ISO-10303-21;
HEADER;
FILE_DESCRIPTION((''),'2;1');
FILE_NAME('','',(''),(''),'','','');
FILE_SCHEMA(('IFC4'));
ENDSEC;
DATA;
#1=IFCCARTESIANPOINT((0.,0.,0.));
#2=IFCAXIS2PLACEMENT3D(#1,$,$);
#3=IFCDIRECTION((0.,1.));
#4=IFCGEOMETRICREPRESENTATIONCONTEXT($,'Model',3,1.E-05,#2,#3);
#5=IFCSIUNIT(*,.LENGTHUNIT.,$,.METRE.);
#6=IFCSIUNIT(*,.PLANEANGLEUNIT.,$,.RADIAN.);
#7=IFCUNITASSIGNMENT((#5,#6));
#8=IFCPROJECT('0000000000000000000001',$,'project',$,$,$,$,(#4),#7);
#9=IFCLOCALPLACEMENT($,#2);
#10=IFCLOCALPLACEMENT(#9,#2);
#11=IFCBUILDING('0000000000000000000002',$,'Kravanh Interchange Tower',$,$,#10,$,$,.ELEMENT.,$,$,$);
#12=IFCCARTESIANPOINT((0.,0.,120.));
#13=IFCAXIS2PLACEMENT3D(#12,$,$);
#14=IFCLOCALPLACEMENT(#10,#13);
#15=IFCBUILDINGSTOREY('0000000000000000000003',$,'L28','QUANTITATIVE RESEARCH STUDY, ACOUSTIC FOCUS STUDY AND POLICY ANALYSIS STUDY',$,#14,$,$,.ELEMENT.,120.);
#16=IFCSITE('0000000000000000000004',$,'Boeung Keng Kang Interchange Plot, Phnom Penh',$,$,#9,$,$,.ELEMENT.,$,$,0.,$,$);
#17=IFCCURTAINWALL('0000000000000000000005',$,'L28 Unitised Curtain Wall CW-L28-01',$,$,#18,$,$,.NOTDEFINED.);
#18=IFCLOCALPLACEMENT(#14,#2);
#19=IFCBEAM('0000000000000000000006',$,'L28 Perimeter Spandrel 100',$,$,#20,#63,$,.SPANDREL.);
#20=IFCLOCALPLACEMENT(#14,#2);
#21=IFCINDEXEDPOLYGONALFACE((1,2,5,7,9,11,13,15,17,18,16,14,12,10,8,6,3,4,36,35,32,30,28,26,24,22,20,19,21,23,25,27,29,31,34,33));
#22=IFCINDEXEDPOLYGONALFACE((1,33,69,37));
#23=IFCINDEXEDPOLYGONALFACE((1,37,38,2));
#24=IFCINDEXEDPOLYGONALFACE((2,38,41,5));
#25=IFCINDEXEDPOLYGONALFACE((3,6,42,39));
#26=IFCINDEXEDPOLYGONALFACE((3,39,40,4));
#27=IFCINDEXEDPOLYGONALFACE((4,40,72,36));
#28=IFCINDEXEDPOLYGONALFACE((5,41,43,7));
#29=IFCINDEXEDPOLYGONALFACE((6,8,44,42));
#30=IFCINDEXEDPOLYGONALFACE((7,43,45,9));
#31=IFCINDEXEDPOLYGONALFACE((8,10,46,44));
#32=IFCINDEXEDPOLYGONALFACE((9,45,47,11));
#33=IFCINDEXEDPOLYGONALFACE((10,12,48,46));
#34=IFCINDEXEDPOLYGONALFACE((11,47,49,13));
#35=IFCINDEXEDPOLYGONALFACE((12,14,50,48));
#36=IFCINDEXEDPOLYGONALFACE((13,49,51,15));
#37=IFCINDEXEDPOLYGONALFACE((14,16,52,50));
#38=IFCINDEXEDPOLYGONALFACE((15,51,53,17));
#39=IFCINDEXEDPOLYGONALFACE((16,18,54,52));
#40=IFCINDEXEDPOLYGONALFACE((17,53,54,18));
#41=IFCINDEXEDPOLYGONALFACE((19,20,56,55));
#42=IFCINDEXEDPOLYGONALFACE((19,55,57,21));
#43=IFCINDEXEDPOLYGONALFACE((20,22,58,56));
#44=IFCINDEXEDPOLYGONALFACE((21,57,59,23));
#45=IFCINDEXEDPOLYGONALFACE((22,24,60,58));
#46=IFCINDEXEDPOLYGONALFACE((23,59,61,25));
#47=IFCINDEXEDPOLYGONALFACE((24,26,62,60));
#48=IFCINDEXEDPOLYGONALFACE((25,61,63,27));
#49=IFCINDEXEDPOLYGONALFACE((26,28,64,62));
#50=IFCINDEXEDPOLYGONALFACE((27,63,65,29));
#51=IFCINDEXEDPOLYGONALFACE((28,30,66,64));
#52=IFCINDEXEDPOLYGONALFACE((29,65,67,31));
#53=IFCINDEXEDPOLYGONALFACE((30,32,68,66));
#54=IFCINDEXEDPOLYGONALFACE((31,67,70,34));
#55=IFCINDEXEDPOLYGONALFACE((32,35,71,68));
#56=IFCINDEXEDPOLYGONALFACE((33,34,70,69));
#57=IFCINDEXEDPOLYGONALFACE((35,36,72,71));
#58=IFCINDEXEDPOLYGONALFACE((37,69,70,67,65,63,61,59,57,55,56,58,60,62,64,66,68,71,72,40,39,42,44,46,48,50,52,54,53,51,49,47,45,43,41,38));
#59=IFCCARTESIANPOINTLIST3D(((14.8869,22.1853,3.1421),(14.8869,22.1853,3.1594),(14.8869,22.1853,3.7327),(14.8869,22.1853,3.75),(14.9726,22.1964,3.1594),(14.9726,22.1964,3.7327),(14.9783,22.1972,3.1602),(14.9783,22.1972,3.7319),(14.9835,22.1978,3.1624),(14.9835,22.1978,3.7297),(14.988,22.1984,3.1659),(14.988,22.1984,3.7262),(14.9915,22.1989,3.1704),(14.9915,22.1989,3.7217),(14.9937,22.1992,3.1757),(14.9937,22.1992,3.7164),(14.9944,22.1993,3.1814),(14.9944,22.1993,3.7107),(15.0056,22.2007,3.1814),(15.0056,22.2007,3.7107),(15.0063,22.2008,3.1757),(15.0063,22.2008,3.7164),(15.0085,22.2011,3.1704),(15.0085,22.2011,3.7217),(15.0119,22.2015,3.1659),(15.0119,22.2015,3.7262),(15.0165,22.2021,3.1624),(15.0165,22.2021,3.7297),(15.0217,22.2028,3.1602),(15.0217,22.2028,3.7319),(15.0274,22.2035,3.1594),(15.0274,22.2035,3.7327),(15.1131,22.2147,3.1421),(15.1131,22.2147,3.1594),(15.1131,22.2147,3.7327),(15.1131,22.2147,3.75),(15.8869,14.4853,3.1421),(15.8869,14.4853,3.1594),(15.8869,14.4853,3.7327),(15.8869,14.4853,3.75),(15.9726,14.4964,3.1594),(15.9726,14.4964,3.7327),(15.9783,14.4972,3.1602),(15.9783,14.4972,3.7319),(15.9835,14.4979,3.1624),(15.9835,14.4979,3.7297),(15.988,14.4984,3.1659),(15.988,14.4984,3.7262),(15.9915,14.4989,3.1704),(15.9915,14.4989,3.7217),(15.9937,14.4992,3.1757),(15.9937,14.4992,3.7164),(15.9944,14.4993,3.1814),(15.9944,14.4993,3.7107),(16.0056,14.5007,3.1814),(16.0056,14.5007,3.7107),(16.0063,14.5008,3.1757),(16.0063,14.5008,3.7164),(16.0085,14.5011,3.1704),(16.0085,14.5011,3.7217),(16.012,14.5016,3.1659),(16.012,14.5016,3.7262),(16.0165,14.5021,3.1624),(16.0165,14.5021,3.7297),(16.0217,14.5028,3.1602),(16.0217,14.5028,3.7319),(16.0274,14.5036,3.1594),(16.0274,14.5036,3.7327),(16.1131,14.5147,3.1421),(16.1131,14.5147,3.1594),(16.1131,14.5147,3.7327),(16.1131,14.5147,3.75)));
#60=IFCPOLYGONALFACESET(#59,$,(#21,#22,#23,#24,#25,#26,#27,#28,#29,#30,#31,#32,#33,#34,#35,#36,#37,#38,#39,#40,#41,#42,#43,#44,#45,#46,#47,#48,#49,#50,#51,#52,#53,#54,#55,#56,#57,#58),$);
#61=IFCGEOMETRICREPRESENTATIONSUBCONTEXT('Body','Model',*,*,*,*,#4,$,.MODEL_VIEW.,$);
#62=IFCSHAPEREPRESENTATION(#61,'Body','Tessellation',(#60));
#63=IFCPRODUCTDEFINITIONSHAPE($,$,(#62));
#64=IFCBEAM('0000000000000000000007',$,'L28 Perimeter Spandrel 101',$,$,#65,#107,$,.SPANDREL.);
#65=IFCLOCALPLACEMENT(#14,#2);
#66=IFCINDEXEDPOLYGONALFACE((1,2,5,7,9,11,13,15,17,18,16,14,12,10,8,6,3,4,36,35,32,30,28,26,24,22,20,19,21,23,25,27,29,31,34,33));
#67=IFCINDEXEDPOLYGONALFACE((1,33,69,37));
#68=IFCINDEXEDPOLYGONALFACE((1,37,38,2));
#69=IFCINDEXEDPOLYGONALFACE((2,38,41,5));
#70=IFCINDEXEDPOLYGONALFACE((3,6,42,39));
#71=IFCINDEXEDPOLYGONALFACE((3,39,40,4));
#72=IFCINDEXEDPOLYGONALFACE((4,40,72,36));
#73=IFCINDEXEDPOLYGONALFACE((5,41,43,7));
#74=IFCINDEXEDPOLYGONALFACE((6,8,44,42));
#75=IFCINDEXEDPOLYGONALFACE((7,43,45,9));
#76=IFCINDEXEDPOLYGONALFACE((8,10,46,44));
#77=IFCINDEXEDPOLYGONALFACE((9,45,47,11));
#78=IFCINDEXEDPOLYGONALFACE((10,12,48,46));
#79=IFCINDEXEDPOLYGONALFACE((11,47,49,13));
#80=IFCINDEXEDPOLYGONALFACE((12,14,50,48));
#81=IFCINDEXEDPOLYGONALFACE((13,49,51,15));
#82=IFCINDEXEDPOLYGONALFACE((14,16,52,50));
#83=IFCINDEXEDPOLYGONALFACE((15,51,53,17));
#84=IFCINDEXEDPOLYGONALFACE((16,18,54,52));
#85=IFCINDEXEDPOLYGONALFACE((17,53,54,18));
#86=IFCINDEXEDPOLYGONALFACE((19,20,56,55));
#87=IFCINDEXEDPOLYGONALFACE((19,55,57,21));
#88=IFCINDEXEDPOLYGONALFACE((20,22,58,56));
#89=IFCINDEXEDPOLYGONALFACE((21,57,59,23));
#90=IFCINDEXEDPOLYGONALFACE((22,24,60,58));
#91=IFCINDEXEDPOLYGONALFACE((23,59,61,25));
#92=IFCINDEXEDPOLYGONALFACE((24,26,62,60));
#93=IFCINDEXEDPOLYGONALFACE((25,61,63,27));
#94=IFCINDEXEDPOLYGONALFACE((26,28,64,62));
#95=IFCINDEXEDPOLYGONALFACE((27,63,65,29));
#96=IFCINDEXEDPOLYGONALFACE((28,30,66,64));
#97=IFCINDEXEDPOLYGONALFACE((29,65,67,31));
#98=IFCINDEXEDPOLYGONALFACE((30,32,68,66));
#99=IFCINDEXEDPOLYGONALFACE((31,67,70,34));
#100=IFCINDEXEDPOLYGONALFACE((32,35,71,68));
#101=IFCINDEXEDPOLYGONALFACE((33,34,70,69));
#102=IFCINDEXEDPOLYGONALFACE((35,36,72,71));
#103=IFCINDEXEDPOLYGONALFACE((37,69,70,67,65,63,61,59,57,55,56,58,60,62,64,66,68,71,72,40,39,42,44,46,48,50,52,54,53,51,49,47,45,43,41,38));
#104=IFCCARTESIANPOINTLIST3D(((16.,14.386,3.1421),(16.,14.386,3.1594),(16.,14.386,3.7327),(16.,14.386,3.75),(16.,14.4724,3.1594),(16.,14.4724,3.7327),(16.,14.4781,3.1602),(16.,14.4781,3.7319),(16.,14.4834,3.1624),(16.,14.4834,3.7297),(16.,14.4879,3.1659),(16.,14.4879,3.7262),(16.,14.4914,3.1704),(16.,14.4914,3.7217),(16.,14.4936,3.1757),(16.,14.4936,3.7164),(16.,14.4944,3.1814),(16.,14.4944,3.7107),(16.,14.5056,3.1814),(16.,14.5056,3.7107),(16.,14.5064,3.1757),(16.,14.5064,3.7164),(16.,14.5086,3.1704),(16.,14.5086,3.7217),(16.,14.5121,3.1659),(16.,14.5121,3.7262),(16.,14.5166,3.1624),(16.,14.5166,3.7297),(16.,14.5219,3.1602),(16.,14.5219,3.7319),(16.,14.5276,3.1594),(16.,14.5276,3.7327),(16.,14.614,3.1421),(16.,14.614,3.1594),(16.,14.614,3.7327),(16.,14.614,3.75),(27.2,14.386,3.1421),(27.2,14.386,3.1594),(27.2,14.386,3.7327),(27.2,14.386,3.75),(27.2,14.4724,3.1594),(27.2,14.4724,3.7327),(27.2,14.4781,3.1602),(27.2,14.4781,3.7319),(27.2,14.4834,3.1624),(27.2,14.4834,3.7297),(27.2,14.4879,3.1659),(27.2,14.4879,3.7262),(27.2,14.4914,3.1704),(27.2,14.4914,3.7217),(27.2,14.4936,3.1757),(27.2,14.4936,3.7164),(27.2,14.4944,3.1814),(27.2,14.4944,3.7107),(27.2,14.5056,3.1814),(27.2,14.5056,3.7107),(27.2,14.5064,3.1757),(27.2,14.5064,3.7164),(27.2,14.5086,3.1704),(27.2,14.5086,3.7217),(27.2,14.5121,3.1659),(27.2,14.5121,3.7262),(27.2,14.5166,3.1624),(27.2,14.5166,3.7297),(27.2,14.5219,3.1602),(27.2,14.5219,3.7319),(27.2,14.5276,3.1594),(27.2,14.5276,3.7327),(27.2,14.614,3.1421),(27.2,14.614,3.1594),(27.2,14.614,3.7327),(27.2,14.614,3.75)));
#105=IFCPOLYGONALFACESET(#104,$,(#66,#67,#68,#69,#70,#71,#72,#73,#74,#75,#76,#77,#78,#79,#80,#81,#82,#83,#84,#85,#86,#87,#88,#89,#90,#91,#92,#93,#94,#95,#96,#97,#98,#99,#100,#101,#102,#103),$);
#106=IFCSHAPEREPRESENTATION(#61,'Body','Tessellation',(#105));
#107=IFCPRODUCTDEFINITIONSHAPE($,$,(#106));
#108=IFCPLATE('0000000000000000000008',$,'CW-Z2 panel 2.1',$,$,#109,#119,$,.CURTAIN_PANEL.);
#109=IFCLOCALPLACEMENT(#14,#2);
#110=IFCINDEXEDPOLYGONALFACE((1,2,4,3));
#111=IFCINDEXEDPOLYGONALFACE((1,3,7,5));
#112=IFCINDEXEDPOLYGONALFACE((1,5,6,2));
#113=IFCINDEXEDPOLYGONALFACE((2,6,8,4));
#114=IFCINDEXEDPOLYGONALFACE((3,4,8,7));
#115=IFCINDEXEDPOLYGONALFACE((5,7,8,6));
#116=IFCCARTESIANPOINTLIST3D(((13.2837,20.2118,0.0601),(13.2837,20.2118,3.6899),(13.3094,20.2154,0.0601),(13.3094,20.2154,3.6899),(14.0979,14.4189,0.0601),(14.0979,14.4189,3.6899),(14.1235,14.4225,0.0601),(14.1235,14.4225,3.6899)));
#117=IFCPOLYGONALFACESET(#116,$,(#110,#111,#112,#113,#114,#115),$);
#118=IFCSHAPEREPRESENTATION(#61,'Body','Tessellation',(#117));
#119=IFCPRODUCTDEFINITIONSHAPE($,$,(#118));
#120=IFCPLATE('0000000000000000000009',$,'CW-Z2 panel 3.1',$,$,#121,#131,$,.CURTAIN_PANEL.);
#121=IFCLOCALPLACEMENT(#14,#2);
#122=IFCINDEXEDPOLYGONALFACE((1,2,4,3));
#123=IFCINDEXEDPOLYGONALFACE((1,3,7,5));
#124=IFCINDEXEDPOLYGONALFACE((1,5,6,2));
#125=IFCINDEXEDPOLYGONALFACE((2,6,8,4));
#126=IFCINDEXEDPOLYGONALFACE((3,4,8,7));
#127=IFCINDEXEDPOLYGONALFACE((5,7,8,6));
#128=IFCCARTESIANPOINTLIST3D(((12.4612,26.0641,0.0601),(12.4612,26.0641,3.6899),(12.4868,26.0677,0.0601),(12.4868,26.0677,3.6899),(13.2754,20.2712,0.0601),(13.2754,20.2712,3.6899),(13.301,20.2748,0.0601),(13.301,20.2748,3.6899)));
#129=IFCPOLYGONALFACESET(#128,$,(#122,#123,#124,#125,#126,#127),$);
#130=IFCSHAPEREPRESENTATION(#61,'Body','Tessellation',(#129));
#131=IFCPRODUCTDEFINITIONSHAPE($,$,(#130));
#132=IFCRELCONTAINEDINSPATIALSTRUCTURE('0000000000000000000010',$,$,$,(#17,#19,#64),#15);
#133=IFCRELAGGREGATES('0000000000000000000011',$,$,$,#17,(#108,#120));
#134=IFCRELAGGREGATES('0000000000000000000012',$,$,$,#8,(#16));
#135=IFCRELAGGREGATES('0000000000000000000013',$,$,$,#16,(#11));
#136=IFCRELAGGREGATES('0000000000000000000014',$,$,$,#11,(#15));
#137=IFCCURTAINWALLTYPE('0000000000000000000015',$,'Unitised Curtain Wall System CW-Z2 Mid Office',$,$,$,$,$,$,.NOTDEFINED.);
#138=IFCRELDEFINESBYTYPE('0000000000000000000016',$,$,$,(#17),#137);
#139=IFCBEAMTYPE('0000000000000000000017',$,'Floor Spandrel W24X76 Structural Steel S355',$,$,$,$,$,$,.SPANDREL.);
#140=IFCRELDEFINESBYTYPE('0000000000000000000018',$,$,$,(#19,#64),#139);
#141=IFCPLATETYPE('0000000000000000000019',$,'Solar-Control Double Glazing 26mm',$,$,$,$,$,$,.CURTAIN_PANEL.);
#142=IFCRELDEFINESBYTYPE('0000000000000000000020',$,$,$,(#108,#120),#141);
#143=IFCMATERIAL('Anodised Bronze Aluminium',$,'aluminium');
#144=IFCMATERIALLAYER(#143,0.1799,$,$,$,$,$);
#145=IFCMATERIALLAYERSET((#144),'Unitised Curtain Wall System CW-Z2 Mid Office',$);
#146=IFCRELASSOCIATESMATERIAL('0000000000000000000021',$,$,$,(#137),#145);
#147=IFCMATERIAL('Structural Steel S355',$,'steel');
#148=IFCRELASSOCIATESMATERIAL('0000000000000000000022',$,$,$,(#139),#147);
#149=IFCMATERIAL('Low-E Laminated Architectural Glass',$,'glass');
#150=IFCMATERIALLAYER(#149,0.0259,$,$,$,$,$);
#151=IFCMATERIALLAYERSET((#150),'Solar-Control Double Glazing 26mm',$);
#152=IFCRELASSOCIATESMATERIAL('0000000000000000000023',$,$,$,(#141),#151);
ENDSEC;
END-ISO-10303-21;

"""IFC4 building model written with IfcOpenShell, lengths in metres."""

from ifc_helpers import new_model, si_unit, direction, frame, origin, origin_2d, place, context, subcontext, project, spatial, rectangle, i_section, extrude, material, layer, layer_set, material_profile, profile_set, type_object, element, aggregate, save


model = new_model("IFC4")

# Units and contexts
model_context = context("Model", 3, precision=1e-05, world=origin(), true_north=direction((0.0, 1.0)))
body_context = subcontext(model_context, "Body", "Model", "MODEL_VIEW")
ifc_project = project(units=[si_unit("LENGTHUNIT", "METRE"), si_unit("PLANEANGLEUNIT", "RADIAN")], contexts=[model_context])

# Site, building, storey
site_placement = place(None, origin())
site = spatial("IfcSite", under=ifc_project, at=site_placement, Name="Boeung Keng Kang Interchange Plot, Phnom Penh", CompositionType="ELEMENT", RefElevation=0.0)
building_placement = place(site_placement, origin())
building = spatial("IfcBuilding", under=site, at=building_placement, Name="Kravanh Interchange Tower", CompositionType="ELEMENT")
storey_placement = place(building_placement, frame((0.0, 0.0, 120.0)))
storey = spatial("IfcBuildingStorey", under=building, at=storey_placement, Name="L28", Description="QUANTITATIVE RESEARCH STUDY, ACOUSTIC FOCUS STUDY AND POLICY ANALYSIS STUDY", CompositionType="ELEMENT", Elevation=120.0)

# Curtain wall
ifc_material_1 = material(Name="Anodised Bronze Aluminium", Category="aluminium")
ifc_layer_1 = layer(ifc_material_1, 0.1799)
ifc_layer_set_1 = layer_set([ifc_layer_1], Name="Unitised Curtain Wall System CW-Z2 Mid Office")
curtain_wall_type = type_object("IfcCurtainWallType", Name="Unitised Curtain Wall System CW-Z2 Mid Office", PredefinedType="NOTDEFINED", material=ifc_layer_set_1)
curtain_wall_placement = place(storey_placement, origin())
curtain_wall = element("IfcCurtainWall", 1, at=curtain_wall_placement, inside=storey, type_object=curtain_wall_type, Name="L28 Unitised Curtain Wall CW-L28-01", PredefinedType="NOTDEFINED")

# Beams
ifc_material_2 = material(Name="Structural Steel S355", Category="steel")
ifc_material_profile_1 = material_profile(ifc_material_2, i_section(OverallWidth=0.228, OverallDepth=0.6079, WebThickness=0.0112, FlangeThickness=0.0173, FilletRadius=0.022, at=origin_2d()), Name="W24X76")
ifc_profile_set_1 = profile_set([ifc_material_profile_1], Name="Structural Steel S355")
beam_type_1 = type_object("IfcBeamType", Name="Floor Spandrel W24X76 Structural Steel S355", PredefinedType="SPANDREL", material=ifc_profile_set_1)
beam_1_placement = place(storey_placement, frame((16.0, 14.5, 3.446), z_axis=(-0.128789, 0.991672, 0.0), x_axis=(-0.991672, -0.128789, 0.0)))
element("IfcBeam", 2, at=beam_1_placement, inside=storey, type_object=beam_type_1, Name="L28 Perimeter Spandrel 100", PredefinedType="SPANDREL", context=body_context, shape_type="SweptSolid", body=[
    extrude(i_section(OverallWidth=0.228, OverallDepth=0.6079, WebThickness=0.0112, FlangeThickness=0.0173, FilletRadius=0.022, at=origin_2d()), origin(), (0.0, 0.0, 1.0), 7.7646),
])
beam_2_placement = place(storey_placement, frame((16.0, 14.5, 3.446), z_axis=(1.0, 0.0, 0.0), x_axis=(0.0, 1.0, 0.0)))
element("IfcBeam", 3, at=beam_2_placement, inside=storey, type_object=beam_type_1, Name="L28 Perimeter Spandrel 101", PredefinedType="SPANDREL", context=body_context, shape_type="SweptSolid", body=[
    extrude(i_section(OverallWidth=0.228, OverallDepth=0.6079, WebThickness=0.0112, FlangeThickness=0.0173, FilletRadius=0.022, at=origin_2d()), origin(), (0.0, 0.0, 1.0), 11.2),
])

# Plates
ifc_material_3 = material(Name="Low-E Laminated Architectural Glass", Category="glass")
ifc_layer_2 = layer(ifc_material_3, 0.0259)
ifc_layer_set_2 = layer_set([ifc_layer_2], Name="Solar-Control Double Glazing 26mm")
plate_type = type_object("IfcPlateType", Name="Solar-Control Double Glazing 26mm", PredefinedType="CURTAIN_PANEL", material=ifc_layer_set_2)
plate_1_placement = place(storey_placement, frame((13.7036, 17.3171, 0.0601), z_axis=(0.0, 0.0, 1.0), x_axis=(-0.139173, 0.990268, 0.0)))
plate_1 = element("IfcPlate", 4, at=plate_1_placement, type_object=plate_type, Name="CW-Z2 panel 2.1", PredefinedType="CURTAIN_PANEL", context=body_context, shape_type="SweptSolid", body=[
    extrude(rectangle(XDim=5.8499, YDim=0.0259, at=origin_2d()), origin(), (0.0, 0.0, 1.0), 3.6299),
])
plate_2_placement = place(storey_placement, frame((12.8811, 23.1694, 0.0601), z_axis=(0.0, 0.0, 1.0), x_axis=(-0.139173, 0.990268, 0.0)))
plate_2 = element("IfcPlate", 5, at=plate_2_placement, type_object=plate_type, Name="CW-Z2 panel 3.1", PredefinedType="CURTAIN_PANEL", context=body_context, shape_type="SweptSolid", body=[
    extrude(rectangle(XDim=5.8499, YDim=0.0259, at=origin_2d()), origin(), (0.0, 0.0, 1.0), 3.6299),
])
aggregate(curtain_wall, [plate_1, plate_2])

save(model, "model.ifc")
